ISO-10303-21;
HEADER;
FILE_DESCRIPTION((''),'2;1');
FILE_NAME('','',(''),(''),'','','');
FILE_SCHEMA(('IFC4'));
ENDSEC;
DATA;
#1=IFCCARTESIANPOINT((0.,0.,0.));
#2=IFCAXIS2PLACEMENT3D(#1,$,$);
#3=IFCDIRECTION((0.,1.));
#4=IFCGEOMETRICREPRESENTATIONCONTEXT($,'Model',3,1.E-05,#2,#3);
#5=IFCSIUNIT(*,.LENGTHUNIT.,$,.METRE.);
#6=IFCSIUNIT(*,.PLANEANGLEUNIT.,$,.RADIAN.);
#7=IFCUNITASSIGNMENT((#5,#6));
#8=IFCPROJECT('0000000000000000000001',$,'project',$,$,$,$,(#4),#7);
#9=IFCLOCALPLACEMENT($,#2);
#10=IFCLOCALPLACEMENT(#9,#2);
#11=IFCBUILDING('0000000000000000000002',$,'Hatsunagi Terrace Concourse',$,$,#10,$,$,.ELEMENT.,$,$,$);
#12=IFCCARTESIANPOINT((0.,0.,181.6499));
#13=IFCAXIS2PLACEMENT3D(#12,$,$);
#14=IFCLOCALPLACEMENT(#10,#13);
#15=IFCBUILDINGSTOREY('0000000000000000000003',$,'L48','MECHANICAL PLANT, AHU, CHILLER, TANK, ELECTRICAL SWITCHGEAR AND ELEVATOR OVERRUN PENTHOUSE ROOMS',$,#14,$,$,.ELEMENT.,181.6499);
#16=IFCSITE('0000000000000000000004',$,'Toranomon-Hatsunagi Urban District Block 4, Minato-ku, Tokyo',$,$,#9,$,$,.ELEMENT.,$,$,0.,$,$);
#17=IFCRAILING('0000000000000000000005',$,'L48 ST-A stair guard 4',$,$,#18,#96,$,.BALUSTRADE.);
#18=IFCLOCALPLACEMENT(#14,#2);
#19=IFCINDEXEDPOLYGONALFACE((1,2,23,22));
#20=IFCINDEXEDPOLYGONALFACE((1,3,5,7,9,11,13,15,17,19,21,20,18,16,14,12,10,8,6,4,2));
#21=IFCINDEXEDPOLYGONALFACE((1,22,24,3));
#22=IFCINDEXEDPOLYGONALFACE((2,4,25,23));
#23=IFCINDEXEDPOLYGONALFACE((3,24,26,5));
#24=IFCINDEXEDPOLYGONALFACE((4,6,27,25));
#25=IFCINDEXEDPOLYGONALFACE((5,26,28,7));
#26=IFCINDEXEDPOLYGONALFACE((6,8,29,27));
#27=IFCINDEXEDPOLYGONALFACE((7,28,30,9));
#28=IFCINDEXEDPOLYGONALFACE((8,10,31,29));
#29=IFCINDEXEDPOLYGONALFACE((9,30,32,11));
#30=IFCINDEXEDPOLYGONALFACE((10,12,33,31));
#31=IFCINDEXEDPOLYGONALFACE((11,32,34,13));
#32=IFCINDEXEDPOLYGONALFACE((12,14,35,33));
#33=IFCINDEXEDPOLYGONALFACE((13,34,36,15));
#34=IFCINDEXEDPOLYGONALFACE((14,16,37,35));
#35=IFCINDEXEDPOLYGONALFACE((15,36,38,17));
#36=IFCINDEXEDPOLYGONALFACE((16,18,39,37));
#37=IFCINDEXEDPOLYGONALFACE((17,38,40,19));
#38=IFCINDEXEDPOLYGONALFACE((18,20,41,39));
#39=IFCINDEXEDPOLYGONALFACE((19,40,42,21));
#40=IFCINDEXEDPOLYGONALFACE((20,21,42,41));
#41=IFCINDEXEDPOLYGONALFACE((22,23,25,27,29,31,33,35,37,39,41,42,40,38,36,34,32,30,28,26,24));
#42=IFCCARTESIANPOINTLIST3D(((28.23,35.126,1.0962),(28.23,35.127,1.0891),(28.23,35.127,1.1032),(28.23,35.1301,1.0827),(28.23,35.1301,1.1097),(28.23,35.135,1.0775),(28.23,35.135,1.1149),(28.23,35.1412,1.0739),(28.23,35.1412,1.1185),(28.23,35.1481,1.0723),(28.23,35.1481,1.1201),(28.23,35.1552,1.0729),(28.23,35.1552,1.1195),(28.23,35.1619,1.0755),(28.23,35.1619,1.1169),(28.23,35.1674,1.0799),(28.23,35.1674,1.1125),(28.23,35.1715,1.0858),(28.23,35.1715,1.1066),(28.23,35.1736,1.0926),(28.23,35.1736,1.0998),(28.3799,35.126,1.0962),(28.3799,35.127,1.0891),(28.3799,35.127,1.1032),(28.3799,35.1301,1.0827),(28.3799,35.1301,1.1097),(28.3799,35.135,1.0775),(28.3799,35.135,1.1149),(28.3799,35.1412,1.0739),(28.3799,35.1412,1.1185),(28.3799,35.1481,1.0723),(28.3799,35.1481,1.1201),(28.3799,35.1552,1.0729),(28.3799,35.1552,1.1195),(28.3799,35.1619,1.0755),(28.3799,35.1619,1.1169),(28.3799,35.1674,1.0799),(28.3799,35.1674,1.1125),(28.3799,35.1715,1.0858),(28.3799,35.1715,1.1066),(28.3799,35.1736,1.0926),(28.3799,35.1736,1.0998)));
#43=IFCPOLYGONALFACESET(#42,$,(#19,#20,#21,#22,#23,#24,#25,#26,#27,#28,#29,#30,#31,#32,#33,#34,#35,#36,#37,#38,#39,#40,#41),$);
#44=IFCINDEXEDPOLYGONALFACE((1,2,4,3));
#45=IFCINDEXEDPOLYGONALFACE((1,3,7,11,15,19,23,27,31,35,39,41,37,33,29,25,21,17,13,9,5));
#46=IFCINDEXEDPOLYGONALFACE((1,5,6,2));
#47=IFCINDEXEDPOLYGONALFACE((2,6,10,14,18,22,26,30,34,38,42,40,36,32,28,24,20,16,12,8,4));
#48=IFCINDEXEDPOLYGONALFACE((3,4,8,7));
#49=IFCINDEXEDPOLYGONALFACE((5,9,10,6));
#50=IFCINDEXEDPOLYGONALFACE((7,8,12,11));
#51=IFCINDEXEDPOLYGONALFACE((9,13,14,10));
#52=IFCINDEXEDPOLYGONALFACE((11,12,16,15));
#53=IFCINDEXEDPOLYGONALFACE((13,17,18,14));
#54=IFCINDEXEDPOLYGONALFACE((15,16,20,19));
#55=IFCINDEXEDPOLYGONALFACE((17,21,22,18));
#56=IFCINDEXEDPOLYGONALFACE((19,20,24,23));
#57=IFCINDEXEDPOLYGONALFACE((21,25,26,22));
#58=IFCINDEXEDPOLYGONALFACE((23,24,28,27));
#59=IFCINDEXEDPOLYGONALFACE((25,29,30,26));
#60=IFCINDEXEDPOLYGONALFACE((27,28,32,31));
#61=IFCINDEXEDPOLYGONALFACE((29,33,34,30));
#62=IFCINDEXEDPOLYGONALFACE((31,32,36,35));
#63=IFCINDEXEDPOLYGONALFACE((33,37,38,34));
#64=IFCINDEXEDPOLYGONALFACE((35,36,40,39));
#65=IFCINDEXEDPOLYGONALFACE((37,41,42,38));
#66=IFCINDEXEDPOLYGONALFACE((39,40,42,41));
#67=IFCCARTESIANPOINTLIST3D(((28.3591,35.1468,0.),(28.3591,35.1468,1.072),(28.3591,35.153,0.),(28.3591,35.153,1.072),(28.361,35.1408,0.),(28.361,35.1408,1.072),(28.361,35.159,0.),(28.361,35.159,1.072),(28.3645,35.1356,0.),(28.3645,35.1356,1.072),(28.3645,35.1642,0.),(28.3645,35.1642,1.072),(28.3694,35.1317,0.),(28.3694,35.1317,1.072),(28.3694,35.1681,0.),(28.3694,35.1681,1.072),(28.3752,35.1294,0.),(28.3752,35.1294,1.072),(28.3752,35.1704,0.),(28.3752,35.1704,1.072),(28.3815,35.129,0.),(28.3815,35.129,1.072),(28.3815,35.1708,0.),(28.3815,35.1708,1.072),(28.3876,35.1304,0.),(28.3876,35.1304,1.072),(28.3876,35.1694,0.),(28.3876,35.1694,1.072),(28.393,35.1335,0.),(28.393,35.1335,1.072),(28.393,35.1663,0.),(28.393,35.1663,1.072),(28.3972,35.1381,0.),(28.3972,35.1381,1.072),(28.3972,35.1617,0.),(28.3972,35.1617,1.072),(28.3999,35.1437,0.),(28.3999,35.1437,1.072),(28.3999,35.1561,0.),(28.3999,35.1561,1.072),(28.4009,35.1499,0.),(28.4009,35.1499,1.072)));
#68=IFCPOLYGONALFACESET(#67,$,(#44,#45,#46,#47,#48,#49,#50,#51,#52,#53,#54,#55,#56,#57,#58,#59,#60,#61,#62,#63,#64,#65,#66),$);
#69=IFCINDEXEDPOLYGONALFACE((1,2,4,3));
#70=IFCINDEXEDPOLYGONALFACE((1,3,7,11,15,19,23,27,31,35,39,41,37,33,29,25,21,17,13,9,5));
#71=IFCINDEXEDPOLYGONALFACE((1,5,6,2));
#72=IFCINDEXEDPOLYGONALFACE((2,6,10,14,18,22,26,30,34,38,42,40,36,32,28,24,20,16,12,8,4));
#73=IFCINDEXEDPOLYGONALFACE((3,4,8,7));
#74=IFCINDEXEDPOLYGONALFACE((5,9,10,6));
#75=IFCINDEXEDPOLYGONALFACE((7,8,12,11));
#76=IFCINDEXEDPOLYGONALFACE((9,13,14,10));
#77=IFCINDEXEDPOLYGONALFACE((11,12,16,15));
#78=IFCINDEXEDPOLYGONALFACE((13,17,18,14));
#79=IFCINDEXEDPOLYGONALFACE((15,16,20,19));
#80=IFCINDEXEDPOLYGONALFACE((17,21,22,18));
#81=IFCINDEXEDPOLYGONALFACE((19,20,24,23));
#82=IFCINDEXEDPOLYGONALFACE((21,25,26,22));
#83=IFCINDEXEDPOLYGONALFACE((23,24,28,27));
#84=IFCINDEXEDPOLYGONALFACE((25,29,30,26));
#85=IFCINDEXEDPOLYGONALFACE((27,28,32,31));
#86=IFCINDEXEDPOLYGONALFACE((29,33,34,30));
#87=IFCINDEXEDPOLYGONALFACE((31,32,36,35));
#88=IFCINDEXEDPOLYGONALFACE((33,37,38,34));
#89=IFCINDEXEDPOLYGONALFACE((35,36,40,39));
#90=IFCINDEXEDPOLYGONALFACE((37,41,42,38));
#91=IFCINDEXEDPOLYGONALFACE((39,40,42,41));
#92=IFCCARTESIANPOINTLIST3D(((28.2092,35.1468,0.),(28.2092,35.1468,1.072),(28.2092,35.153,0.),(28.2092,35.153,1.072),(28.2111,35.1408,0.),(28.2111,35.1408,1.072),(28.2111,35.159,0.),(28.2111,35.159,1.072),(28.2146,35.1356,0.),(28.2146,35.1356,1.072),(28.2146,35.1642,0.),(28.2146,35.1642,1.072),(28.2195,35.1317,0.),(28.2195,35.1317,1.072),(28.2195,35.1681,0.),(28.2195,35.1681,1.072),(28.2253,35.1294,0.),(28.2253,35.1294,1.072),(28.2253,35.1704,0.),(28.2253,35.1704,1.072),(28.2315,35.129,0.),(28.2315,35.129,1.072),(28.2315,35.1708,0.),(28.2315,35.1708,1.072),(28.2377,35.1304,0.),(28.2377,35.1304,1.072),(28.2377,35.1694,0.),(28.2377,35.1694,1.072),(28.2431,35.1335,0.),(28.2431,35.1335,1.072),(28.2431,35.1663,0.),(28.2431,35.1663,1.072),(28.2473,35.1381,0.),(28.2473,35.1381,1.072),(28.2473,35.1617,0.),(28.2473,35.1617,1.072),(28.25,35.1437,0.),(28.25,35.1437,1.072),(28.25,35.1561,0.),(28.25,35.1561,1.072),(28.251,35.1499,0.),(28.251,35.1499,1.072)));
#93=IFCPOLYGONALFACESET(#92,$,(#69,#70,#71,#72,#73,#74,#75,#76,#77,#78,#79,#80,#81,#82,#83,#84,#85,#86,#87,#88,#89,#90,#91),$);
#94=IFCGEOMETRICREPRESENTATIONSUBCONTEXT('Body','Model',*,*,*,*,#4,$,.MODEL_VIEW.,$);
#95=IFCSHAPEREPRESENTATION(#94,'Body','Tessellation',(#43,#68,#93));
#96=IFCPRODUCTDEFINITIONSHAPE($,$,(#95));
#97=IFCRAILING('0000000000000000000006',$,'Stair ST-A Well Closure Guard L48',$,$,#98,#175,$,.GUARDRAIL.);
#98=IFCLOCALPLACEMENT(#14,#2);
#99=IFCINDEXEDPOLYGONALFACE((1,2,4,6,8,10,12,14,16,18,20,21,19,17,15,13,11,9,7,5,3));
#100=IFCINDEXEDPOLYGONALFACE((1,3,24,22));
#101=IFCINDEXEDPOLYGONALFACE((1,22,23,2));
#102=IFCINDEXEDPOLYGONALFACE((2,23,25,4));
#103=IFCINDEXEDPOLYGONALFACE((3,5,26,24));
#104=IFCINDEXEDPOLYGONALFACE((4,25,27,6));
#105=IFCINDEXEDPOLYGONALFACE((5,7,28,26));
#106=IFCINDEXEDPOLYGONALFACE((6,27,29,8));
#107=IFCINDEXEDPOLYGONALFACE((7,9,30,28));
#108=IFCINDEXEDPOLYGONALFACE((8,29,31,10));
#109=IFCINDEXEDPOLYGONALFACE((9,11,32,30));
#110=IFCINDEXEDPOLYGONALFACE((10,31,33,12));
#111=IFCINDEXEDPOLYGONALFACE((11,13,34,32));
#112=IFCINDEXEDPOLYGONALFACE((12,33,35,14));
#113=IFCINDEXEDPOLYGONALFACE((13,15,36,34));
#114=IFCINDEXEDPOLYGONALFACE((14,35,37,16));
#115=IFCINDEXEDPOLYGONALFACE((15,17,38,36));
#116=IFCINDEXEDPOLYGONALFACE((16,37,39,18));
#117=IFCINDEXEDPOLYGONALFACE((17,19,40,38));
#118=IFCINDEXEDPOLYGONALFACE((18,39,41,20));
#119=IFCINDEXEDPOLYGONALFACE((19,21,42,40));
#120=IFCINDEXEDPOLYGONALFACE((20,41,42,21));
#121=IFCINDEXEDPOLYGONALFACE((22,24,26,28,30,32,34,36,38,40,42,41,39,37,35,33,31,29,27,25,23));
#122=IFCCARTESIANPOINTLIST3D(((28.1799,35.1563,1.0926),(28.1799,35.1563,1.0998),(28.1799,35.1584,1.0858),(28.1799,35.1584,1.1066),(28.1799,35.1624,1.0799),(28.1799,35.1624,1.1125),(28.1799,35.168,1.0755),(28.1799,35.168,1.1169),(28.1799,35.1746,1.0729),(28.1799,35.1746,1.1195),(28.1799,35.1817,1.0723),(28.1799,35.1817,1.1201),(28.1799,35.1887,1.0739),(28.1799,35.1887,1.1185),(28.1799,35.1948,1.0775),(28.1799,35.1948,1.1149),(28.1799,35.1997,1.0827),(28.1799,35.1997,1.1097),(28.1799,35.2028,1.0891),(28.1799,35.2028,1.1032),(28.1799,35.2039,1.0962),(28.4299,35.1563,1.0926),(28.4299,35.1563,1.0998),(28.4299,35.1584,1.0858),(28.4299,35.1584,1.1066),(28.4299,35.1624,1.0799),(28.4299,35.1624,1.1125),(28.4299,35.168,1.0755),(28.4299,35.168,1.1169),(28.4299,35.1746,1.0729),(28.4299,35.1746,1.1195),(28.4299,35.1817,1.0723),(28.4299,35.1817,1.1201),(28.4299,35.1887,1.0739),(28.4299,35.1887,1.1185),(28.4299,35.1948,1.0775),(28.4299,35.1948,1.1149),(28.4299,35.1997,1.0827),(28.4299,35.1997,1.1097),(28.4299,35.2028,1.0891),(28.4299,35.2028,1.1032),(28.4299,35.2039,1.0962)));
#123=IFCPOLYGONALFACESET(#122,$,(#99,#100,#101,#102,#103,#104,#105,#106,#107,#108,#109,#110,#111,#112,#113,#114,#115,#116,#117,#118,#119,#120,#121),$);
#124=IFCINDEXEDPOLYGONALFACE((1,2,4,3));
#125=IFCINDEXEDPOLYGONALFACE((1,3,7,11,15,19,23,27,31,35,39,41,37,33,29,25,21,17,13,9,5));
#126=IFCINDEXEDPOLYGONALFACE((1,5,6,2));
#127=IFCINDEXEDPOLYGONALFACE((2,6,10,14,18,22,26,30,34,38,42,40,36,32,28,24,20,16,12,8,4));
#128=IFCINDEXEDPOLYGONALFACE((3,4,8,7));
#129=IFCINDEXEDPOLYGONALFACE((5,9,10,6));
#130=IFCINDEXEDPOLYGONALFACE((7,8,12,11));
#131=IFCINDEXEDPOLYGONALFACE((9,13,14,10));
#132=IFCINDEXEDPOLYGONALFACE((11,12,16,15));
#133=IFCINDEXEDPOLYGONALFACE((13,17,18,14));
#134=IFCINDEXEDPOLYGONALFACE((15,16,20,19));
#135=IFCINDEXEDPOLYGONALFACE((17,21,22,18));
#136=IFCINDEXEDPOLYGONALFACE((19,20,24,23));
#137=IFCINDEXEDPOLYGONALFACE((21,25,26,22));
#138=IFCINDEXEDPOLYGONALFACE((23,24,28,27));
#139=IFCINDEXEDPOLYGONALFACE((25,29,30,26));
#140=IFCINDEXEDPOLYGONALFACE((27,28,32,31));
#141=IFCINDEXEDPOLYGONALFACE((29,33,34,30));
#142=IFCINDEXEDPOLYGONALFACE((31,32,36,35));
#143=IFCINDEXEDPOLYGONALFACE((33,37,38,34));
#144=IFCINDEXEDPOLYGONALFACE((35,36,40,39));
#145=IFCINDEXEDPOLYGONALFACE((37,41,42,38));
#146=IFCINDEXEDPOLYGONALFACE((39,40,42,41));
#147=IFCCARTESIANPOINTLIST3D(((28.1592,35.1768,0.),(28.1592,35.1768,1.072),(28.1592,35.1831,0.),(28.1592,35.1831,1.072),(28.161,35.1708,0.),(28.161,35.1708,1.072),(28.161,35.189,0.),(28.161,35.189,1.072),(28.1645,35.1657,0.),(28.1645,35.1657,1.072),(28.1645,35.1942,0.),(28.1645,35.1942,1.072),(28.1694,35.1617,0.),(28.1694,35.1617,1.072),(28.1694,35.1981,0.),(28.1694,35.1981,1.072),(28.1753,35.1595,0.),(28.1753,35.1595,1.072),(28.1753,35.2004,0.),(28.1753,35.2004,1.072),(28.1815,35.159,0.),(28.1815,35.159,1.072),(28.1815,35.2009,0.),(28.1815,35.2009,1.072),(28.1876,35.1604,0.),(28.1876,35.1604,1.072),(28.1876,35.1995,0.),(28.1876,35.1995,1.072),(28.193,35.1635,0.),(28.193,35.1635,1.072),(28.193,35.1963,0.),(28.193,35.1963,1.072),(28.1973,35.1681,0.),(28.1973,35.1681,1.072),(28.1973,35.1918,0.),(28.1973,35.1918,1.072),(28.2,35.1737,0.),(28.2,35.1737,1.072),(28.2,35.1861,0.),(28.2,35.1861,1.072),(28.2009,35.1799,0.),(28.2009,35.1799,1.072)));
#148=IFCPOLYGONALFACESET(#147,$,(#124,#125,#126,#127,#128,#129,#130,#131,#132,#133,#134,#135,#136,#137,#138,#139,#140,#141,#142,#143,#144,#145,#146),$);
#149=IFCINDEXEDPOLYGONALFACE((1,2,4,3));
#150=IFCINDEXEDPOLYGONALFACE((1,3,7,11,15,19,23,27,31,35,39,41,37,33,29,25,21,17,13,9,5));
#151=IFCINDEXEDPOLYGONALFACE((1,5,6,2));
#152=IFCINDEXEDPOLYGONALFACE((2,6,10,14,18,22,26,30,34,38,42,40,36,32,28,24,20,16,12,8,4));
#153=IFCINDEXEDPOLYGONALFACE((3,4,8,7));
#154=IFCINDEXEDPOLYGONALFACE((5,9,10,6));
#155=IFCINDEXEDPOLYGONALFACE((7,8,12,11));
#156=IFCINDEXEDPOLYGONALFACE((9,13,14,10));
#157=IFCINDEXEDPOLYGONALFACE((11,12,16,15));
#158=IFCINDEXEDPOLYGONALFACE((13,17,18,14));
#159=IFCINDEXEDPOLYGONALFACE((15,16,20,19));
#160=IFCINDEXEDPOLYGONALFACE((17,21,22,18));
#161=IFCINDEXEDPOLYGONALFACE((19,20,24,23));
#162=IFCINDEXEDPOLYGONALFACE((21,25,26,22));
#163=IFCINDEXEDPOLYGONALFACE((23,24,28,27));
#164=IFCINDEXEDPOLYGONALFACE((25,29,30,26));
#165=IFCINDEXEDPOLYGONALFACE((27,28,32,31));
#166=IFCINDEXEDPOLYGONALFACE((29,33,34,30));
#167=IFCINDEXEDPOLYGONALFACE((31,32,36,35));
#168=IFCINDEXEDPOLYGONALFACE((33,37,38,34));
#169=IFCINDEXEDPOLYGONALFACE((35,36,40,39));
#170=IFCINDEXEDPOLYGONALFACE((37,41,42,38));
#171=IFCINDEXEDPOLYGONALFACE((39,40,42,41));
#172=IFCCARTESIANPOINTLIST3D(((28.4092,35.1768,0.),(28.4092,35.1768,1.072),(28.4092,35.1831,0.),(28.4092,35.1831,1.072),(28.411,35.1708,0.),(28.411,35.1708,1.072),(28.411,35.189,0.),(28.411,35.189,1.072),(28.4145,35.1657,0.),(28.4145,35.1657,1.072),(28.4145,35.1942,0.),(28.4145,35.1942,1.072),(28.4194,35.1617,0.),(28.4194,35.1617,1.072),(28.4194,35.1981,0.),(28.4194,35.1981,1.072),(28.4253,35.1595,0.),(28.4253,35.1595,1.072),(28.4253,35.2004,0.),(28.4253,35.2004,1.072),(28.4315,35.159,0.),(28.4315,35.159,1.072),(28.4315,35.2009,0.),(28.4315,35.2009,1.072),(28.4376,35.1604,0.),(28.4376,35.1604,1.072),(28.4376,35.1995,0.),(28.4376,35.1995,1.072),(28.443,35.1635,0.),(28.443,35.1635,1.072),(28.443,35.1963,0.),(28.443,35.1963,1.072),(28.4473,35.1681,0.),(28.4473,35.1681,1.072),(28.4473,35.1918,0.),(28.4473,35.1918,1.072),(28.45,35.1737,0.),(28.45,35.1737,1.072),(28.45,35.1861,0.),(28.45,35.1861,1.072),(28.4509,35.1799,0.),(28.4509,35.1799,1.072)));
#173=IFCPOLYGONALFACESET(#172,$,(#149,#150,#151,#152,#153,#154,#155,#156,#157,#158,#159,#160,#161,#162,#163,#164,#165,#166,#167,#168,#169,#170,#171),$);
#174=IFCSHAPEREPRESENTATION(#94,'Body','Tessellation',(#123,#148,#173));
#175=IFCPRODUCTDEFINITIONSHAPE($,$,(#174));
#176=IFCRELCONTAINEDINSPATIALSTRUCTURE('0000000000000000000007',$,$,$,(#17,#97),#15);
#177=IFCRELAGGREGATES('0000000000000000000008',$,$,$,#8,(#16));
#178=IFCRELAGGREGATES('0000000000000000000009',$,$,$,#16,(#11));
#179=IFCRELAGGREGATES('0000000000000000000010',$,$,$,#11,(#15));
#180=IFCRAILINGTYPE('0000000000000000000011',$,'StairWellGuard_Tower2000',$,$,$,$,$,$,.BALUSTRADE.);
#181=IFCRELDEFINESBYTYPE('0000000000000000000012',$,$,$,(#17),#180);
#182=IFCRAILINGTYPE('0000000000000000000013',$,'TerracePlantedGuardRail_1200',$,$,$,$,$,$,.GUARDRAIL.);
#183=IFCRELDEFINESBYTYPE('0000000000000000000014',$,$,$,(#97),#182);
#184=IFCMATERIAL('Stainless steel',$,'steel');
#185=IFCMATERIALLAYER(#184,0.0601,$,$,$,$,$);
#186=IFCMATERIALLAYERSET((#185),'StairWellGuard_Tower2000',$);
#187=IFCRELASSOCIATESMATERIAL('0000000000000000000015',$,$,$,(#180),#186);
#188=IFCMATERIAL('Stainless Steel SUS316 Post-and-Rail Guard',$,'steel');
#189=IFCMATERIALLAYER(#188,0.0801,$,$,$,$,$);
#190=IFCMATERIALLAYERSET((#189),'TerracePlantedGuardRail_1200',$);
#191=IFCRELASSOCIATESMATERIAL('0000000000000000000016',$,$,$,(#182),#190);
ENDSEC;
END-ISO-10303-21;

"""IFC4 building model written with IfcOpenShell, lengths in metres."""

from ifc_helpers import new_model, si_unit, direction, frame, origin, origin_2d, place, context, subcontext, project, spatial, circle, extrude, material, layer, layer_set, type_object, element, save


model = new_model("IFC4")

# Units and contexts
model_context = context("Model", 3, precision=1e-05, world=origin(), true_north=direction((0.0, 1.0)))
body_context = subcontext(model_context, "Body", "Model", "MODEL_VIEW")
ifc_project = project(units=[si_unit("LENGTHUNIT", "METRE"), si_unit("PLANEANGLEUNIT", "RADIAN")], contexts=[model_context])

# Site, building, storey
site_placement = place(None, origin())
site = spatial("IfcSite", under=ifc_project, at=site_placement, Name="Toranomon-Hatsunagi Urban District Block 4, Minato-ku, Tokyo", CompositionType="ELEMENT", RefElevation=0.0)
building_placement = place(site_placement, origin())
building = spatial("IfcBuilding", under=site, at=building_placement, Name="Hatsunagi Terrace Concourse", CompositionType="ELEMENT")
storey_placement = place(building_placement, frame((0.0, 0.0, 181.6499)))
storey = spatial("IfcBuildingStorey", under=building, at=storey_placement, Name="L48", Description="MECHANICAL PLANT, AHU, CHILLER, TANK, ELECTRICAL SWITCHGEAR AND ELEVATOR OVERRUN PENTHOUSE ROOMS", CompositionType="ELEMENT", Elevation=181.6499)

# Railings
ifc_material_1 = material(Name="Stainless steel", Category="steel")
ifc_layer_1 = layer(ifc_material_1, 0.0601)
ifc_layer_set_1 = layer_set([ifc_layer_1], Name="StairWellGuard_Tower2000")
railing_type_1 = type_object("IfcRailingType", Name="StairWellGuard_Tower2000", PredefinedType="BALUSTRADE", material=ifc_layer_set_1)
railing_1_placement = place(storey_placement, frame((28.3799, 35.1499, 0.0)))
element("IfcRailing", 1, at=railing_1_placement, inside=storey, type_object=railing_type_1, Name="L48 ST-A stair guard 4", PredefinedType="BALUSTRADE", context=body_context, shape_type="SweptSolid", body=[
    extrude(circle(Radius=0.0239, at=origin_2d()), frame((0.0, 0.0, 1.0962), z_axis=(-1.0, 0.0, 0.0), x_axis=(0.0, -1.0, 0.0)), (0.0, 0.0, 1.0), 0.1499),
    extrude(circle(Radius=0.021, at=origin_2d()), origin(), (0.0, 0.0, 1.0), 1.072),
    extrude(circle(Radius=0.021, at=origin_2d()), frame((-0.1499, 0.0, 0.0)), (0.0, 0.0, 1.0), 1.072),
])
ifc_material_2 = material(Name="Stainless Steel SUS316 Post-and-Rail Guard", Category="steel")
ifc_layer_2 = layer(ifc_material_2, 0.0801)
ifc_layer_set_2 = layer_set([ifc_layer_2], Name="TerracePlantedGuardRail_1200")
railing_type_2 = type_object("IfcRailingType", Name="TerracePlantedGuardRail_1200", PredefinedType="GUARDRAIL", material=ifc_layer_set_2)
railing_2_placement = place(storey_placement, frame((28.1799, 35.1799, 0.0)))
element("IfcRailing", 2, at=railing_2_placement, inside=storey, type_object=railing_type_2, Name="Stair ST-A Well Closure Guard L48", PredefinedType="GUARDRAIL", context=body_context, shape_type="SweptSolid", body=[
    extrude(circle(Radius=0.0239, at=origin_2d()), frame((0.0, 0.0, 1.0962), z_axis=(1.0, 0.0, 0.0), x_axis=(0.0, 1.0, 0.0)), (0.0, 0.0, 1.0), 0.25),
    extrude(circle(Radius=0.021, at=origin_2d()), origin(), (0.0, 0.0, 1.0), 1.072),
    extrude(circle(Radius=0.021, at=origin_2d()), frame((0.25, 0.0, 0.0)), (0.0, 0.0, 1.0), 1.072),
])

save(model, "model.ifc")
